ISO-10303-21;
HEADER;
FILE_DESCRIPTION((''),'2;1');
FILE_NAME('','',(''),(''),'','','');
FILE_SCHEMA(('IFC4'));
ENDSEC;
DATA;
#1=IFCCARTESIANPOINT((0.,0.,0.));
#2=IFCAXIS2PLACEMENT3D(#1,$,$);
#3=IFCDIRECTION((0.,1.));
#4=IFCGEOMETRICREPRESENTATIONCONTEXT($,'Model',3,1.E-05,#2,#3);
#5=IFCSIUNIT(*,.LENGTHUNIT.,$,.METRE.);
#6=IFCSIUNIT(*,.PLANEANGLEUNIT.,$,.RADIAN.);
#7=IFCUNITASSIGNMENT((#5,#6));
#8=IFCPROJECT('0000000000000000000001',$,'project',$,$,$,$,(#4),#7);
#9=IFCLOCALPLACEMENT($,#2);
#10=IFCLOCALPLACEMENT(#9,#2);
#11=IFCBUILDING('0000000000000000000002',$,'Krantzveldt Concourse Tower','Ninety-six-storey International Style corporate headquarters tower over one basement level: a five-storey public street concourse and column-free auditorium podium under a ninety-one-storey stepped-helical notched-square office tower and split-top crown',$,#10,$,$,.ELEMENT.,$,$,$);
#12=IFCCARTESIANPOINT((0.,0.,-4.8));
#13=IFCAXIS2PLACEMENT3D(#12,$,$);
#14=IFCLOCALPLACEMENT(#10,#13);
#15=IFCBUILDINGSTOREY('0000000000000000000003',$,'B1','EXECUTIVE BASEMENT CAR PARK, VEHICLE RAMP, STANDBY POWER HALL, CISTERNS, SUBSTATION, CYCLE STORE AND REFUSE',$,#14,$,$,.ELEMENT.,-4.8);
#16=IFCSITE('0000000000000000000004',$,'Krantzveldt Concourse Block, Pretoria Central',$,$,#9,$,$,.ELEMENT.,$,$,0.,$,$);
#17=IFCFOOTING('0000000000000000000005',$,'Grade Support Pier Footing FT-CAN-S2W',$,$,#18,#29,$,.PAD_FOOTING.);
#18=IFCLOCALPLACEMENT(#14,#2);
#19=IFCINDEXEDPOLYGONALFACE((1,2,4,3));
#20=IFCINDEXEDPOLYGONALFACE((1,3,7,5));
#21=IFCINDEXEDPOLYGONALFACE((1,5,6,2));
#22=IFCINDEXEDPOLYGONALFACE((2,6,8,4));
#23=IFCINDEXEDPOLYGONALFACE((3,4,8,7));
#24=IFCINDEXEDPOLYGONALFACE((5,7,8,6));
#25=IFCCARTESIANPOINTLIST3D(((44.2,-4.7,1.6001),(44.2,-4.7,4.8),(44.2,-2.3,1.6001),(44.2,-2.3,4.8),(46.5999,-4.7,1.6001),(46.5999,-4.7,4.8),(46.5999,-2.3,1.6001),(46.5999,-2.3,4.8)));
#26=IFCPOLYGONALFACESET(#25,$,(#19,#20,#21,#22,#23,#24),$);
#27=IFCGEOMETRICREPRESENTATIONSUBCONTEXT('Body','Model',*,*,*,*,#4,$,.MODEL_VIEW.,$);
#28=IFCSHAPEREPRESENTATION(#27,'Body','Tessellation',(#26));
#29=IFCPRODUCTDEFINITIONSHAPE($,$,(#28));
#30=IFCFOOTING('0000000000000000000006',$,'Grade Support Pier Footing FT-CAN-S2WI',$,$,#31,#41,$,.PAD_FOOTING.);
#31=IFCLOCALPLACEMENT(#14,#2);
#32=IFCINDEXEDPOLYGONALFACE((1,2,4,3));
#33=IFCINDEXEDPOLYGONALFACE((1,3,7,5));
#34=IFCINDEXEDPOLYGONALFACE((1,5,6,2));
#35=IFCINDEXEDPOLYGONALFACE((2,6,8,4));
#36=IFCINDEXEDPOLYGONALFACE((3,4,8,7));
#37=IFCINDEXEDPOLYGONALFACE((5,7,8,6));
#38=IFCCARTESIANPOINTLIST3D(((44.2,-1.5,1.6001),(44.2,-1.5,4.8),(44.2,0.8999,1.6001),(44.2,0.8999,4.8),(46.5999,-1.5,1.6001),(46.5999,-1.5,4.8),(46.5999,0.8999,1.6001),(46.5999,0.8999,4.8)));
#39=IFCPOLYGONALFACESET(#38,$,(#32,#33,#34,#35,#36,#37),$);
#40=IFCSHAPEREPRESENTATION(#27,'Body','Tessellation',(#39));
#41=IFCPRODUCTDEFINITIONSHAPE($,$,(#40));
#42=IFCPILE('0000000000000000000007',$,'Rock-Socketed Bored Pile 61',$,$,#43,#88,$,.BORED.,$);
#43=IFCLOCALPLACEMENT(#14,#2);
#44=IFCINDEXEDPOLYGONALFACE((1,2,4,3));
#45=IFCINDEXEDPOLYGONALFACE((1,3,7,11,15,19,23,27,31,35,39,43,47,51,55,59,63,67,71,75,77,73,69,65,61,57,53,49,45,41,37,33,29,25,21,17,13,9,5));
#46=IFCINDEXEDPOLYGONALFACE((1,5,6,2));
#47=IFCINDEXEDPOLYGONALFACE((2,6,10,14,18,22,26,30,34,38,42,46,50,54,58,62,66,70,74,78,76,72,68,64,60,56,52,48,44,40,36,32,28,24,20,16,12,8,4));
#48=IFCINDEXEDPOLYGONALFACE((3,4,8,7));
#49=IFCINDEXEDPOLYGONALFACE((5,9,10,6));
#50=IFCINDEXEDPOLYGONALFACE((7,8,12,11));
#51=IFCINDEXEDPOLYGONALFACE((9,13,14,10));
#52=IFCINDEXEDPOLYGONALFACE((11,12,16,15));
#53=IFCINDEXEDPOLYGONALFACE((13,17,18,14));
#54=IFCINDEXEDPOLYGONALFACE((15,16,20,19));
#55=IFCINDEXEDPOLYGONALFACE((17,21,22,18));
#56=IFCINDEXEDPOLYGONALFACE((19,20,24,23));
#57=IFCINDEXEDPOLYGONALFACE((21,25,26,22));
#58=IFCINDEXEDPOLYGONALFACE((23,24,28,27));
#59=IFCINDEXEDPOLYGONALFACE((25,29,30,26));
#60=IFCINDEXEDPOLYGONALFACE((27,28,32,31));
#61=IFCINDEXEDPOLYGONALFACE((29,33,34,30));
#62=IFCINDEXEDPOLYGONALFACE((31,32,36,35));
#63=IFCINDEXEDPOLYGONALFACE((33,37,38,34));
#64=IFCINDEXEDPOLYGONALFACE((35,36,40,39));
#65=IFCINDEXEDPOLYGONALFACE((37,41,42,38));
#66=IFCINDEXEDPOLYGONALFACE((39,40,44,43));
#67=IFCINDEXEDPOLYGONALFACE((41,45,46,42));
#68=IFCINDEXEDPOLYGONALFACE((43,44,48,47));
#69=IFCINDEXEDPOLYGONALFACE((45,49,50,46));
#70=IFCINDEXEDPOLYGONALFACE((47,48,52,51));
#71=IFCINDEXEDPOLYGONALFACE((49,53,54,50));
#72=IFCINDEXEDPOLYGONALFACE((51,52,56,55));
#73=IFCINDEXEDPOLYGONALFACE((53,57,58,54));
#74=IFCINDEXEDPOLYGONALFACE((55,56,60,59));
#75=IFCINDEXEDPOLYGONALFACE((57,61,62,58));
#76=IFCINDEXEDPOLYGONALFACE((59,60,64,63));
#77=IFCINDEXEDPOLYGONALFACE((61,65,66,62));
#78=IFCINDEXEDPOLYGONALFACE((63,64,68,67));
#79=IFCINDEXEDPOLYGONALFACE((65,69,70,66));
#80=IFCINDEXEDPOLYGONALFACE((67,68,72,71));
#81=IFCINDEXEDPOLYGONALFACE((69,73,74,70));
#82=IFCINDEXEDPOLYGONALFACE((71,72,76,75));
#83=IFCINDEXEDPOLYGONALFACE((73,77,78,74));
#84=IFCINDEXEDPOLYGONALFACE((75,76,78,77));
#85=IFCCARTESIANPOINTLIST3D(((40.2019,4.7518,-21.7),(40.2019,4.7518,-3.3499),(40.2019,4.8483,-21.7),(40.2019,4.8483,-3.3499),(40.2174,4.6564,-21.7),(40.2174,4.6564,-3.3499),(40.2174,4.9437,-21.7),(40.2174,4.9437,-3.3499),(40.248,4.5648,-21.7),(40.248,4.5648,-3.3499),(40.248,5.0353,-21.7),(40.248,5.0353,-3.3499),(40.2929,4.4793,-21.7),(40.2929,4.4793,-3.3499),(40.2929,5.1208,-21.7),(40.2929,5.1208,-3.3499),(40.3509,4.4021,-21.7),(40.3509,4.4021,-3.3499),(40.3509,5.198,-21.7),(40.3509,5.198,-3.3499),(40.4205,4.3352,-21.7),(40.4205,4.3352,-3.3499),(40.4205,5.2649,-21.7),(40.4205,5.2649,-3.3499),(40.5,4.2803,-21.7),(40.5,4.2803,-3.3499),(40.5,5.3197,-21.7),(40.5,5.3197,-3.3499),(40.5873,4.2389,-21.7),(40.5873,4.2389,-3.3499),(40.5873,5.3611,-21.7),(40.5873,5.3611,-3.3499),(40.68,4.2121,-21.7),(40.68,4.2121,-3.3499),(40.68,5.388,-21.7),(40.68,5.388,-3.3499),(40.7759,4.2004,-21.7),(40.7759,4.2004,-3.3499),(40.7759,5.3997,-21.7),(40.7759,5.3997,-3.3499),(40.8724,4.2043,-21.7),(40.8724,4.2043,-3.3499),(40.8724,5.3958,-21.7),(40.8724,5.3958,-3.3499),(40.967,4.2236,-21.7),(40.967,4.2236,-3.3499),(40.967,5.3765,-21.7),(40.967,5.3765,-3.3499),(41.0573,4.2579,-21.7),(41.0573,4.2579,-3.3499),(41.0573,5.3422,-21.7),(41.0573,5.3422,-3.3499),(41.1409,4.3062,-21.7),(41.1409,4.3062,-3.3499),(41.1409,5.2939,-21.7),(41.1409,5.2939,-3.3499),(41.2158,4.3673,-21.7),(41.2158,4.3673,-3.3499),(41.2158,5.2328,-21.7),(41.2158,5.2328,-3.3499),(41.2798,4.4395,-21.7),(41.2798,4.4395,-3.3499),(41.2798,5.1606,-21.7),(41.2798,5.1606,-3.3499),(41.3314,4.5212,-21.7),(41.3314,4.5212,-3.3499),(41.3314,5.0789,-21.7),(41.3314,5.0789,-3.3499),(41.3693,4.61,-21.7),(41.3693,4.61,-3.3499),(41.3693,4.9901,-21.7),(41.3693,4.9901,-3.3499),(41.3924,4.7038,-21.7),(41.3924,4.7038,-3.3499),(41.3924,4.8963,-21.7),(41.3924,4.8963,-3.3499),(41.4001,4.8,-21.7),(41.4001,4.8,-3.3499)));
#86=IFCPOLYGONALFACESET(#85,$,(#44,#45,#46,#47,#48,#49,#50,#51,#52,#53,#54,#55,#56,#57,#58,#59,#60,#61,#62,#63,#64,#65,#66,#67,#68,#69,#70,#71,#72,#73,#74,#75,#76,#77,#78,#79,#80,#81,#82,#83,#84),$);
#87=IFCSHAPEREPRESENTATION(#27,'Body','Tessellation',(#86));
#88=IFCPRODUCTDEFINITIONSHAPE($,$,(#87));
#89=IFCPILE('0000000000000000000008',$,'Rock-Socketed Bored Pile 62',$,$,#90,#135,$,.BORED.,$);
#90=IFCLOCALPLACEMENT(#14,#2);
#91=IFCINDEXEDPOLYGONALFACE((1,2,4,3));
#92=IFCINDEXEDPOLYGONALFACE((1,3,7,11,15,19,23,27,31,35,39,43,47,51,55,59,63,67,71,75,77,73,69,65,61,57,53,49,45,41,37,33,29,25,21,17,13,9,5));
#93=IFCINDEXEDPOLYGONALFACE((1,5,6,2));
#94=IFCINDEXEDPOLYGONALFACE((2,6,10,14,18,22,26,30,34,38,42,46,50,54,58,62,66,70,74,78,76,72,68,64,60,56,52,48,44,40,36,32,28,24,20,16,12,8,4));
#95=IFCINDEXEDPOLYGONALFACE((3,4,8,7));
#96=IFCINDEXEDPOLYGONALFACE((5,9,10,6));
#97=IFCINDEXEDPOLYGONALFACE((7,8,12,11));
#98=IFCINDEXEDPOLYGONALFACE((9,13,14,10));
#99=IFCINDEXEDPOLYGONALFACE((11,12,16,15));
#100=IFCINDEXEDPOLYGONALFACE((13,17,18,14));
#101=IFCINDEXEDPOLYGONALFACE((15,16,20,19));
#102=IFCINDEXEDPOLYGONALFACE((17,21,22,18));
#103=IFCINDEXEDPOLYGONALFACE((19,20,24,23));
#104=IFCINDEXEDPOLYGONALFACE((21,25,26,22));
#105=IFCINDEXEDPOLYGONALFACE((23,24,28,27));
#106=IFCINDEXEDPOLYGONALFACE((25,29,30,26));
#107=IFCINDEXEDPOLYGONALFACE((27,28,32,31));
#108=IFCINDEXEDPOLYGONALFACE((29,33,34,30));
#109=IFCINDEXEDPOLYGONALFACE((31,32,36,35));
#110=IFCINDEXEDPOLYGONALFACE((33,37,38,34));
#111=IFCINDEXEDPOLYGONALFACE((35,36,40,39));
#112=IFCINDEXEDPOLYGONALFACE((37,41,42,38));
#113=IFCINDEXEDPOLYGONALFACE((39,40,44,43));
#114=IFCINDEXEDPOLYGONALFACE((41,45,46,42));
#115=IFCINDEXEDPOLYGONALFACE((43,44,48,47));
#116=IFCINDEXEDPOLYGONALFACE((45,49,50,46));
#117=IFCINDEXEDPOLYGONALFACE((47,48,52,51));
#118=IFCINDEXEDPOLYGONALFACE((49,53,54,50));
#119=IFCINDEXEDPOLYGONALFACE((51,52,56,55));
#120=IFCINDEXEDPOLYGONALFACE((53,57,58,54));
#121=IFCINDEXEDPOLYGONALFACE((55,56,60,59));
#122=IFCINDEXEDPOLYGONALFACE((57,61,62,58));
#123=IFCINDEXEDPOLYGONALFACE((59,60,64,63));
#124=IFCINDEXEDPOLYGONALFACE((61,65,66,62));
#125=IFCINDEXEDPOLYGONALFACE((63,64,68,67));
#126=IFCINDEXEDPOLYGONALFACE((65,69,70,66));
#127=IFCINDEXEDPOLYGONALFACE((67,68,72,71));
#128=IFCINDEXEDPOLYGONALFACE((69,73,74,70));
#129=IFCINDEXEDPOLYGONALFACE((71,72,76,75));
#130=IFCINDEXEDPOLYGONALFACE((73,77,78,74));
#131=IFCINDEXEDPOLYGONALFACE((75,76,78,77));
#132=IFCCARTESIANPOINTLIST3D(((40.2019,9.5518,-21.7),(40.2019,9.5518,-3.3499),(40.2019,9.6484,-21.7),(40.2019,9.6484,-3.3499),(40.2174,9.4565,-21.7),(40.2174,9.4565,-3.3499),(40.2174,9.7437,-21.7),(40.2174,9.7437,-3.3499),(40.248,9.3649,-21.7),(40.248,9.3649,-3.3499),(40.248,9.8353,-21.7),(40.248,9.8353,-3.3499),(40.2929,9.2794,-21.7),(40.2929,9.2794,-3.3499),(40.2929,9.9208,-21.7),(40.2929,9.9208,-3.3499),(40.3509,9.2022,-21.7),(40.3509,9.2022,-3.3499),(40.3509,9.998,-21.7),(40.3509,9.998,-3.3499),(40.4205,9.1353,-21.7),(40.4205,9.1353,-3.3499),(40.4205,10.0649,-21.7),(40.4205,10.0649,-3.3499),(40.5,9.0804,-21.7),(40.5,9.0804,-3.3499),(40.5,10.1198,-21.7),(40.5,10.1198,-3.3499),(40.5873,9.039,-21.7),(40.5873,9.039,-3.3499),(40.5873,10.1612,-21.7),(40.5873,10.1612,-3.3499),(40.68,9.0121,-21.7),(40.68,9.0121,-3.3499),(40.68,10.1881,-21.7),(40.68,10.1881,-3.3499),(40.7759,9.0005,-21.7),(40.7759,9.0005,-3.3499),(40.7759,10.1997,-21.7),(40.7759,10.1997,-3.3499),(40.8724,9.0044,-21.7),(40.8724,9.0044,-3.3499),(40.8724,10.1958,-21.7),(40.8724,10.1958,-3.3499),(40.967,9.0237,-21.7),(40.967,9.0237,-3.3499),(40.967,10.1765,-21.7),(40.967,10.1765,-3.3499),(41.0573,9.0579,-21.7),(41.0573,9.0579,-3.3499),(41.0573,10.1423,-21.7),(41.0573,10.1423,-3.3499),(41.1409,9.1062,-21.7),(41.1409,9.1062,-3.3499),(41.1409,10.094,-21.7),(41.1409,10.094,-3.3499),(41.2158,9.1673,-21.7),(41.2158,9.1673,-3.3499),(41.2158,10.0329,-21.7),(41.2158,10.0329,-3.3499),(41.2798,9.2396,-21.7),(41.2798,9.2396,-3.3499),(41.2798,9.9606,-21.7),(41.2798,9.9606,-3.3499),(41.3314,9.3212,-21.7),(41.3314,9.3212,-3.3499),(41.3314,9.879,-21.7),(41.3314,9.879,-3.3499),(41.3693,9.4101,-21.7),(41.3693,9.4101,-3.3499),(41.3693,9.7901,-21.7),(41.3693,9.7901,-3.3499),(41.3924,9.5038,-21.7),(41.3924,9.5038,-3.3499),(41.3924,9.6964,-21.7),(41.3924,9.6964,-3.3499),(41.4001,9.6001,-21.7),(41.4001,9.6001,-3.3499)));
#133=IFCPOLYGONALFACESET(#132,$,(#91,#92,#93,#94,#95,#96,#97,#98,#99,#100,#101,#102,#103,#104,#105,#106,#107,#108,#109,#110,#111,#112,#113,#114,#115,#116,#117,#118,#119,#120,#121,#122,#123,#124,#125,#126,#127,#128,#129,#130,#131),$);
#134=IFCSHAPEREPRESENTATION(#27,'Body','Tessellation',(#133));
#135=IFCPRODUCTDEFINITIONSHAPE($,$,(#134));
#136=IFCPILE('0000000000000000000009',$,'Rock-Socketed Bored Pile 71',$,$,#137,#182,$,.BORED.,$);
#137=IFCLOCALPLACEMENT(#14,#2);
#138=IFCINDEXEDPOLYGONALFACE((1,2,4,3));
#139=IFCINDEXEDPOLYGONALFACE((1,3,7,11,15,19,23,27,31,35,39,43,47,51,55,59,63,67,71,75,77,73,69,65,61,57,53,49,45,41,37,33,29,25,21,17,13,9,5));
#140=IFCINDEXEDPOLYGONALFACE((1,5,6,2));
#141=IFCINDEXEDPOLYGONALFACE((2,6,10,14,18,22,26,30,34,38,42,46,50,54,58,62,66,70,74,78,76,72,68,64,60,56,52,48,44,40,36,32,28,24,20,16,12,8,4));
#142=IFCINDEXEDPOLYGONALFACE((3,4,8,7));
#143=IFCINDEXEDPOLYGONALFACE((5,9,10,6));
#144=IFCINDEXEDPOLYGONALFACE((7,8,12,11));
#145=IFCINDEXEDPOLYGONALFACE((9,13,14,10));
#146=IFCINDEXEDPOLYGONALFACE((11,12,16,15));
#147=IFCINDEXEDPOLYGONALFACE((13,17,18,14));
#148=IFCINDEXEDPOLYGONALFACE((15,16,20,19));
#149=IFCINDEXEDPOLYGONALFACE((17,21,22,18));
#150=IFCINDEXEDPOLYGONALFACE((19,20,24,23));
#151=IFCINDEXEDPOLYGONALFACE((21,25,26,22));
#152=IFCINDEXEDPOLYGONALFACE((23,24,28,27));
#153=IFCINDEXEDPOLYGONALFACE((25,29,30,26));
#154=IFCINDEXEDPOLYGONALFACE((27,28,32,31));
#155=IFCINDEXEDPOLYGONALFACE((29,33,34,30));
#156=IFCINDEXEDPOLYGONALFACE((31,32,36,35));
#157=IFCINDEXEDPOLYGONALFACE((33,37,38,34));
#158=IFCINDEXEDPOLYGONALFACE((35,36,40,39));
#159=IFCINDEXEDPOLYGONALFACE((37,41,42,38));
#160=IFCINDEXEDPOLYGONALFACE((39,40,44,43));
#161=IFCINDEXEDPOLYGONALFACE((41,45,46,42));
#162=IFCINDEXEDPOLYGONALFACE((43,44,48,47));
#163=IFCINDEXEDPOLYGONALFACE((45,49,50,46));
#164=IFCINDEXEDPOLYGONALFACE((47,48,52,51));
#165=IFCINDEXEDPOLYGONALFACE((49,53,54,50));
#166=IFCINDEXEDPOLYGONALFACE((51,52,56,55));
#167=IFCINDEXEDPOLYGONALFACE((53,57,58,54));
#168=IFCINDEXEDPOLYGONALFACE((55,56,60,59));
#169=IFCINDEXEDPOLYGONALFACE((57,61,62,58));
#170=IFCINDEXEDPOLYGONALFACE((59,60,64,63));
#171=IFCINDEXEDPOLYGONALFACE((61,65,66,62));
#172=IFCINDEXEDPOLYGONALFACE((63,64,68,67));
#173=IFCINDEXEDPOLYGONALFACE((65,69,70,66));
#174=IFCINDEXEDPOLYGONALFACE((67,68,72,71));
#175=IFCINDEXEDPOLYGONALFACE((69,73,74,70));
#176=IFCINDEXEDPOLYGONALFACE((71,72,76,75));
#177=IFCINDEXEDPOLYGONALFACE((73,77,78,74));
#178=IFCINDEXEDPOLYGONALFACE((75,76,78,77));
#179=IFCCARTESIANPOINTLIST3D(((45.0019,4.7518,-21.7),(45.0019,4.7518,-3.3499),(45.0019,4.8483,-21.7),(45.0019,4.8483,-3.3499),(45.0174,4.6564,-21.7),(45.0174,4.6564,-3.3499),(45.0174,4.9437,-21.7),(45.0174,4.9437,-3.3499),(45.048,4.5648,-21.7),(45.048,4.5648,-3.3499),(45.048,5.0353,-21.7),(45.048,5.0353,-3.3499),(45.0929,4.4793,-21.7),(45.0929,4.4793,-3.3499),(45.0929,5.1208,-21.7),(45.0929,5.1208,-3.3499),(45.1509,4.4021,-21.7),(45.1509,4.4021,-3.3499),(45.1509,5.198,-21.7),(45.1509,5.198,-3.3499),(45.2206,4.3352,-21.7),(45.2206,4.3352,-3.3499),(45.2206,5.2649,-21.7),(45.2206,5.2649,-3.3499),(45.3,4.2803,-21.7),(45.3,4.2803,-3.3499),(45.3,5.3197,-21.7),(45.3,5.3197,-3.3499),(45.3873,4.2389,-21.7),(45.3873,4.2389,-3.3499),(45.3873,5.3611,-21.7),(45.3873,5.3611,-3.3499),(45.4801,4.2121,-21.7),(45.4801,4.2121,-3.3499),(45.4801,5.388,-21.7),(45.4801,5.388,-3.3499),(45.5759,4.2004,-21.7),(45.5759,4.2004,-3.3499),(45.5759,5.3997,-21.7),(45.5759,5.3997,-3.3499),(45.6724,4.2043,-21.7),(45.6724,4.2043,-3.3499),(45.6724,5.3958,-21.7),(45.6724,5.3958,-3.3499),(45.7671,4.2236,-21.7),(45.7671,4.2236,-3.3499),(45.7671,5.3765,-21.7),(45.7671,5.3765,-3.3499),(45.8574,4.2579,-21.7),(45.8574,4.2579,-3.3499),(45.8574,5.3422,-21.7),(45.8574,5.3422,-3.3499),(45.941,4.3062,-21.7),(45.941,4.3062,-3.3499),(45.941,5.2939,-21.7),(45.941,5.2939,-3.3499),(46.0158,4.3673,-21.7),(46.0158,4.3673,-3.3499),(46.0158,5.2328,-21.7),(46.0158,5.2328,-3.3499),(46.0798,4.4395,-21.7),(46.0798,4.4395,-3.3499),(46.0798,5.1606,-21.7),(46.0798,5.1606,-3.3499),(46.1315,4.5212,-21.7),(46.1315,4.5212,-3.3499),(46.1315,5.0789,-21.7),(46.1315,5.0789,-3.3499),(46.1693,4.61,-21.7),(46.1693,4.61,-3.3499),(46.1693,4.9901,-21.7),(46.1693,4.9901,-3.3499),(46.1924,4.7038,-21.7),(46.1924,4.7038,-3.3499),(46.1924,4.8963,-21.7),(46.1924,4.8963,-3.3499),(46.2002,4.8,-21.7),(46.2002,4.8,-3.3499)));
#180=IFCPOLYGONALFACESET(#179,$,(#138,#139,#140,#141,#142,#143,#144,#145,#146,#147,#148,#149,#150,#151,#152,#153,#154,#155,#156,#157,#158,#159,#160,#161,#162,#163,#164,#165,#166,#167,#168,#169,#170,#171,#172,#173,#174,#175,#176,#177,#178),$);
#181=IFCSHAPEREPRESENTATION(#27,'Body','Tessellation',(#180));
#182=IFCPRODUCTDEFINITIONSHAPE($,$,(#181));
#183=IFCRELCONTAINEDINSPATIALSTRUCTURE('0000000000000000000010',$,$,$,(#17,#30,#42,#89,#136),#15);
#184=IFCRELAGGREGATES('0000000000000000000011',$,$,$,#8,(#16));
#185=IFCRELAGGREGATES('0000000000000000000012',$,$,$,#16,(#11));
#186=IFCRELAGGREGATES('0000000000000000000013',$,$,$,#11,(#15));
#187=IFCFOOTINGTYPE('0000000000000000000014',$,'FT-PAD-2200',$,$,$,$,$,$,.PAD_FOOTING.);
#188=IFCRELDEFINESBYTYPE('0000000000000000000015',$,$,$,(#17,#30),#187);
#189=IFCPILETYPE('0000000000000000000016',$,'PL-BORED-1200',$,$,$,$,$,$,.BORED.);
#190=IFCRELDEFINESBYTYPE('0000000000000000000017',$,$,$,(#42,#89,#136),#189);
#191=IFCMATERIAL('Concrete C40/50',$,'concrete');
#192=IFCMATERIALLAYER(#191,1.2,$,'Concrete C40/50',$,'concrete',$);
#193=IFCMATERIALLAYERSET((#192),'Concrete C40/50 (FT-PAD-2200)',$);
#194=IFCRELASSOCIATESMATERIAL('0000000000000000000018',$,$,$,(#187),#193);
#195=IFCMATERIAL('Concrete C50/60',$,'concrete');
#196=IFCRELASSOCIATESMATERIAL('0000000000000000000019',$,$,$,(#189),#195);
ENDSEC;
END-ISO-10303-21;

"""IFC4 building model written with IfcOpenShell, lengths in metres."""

from ifc_helpers import new_model, si_unit, direction, frame, origin, origin_2d, place, context, subcontext, project, spatial, rectangle, circle, extrude, source, transform, mapped, material, layer, layer_set, material_profile, profile_set, type_object, type_shapes, element, save


model = new_model("IFC4")

# Units and contexts
model_context = context("Model", 3, precision=1e-05, world=origin(), true_north=direction((0.0, 1.0)))
body_context = subcontext(model_context, "Body", "Model", "MODEL_VIEW")
ifc_project = project(units=[si_unit("LENGTHUNIT", "METRE"), si_unit("PLANEANGLEUNIT", "RADIAN")], contexts=[model_context])

# Site, building, storey
site_placement = place(None, origin())
site = spatial("IfcSite", under=ifc_project, at=site_placement, Name="Krantzveldt Concourse Block, Pretoria Central", CompositionType="ELEMENT", RefElevation=0.0)
building_placement = place(site_placement, origin())
building = spatial("IfcBuilding", under=site, at=building_placement, Name="Krantzveldt Concourse Tower", Description="Ninety-six-storey International Style corporate headquarters tower over one basement level: a five-storey public street concourse and column-free auditorium podium under a ninety-one-storey stepped-helical notched-square office tower and split-top crown", CompositionType="ELEMENT")
storey_placement = place(building_placement, frame((0.0, 0.0, -4.8)))
storey = spatial("IfcBuildingStorey", under=building, at=storey_placement, Name="B1", Description="EXECUTIVE BASEMENT CAR PARK, VEHICLE RAMP, STANDBY POWER HALL, CISTERNS, SUBSTATION, CYCLE STORE AND REFUSE", CompositionType="ELEMENT", Elevation=-4.8)

# Footings
ifc_material_1 = material(Name="Concrete C40/50", Category="concrete")
ifc_layer_1 = layer(ifc_material_1, 1.2, Name="Concrete C40/50", Category="concrete")
ifc_layer_set_1 = layer_set([ifc_layer_1], Name="Concrete C40/50 (FT-PAD-2200)")
footing_type = type_object("IfcFootingType", Name="FT-PAD-2200", PredefinedType="PAD_FOOTING", material=ifc_layer_set_1)
shared_shape_1 = source(origin(), body_context, "Body", "SweptSolid", [
    extrude(rectangle(XDim=2.3999, YDim=2.3999, at=origin_2d()), origin(), (0.0, 0.0, 1.0), 3.2),
])
type_shapes(footing_type, [shared_shape_1])
for number, where, z_axis, x_axis, name in (
    (1, (45.3999, -3.5, 1.6001), (0.0, 0.0, 1.0), (1.0, 0.0, 0.0), "Grade Support Pier Footing FT-CAN-S2W"),
    (2, (45.3999, -0.3, 1.6001), (0.0, 0.0, 1.0), (1.0, 0.0, 0.0), "Grade Support Pier Footing FT-CAN-S2WI"),
):
    element("IfcFooting", number, at=place(storey_placement, frame(where, z_axis=z_axis, x_axis=x_axis)), inside=storey, type_object=footing_type, Name=name, PredefinedType="PAD_FOOTING", context=body_context, shape_type="MappedRepresentation", body=[
        mapped(shared_shape_1, transform((0.0, 0.0, 0.0), x_axis=(1.0, 0.0, 0.0), y_axis=(0.0, 1.0, 0.0), z_axis=(0.0, 0.0, 1.0), scale=1.0)),
    ])

# Piles
ifc_material_2 = material(Name="Concrete C50/60", Category="concrete")
ifc_material_profile_1 = material_profile(ifc_material_2, circle(Radius=0.6001, at=origin_2d()), Name="Concrete C50/60", Category="concrete")
ifc_profile_set_1 = profile_set([ifc_material_profile_1], Name="Concrete C50/60 - PILE D1200")
pile_type_1 = type_object("IfcPileType", Name="PL-BORED-1200", PredefinedType="BORED", material=ifc_profile_set_1)
shared_shape_2 = source(origin(), body_context, "Body", "SweptSolid", [
    extrude(circle(Radius=0.6001, at=origin_2d()), origin(), (0.0, 0.0, 1.0), 18.3501),
])
type_shapes(pile_type_1, [shared_shape_2])
for number, where, z_axis, x_axis, name in (
    (3, (40.8, 4.8, -3.3499), (0.0, 0.0, -1.0), (1.0, 0.0, 0.0), "Rock-Socketed Bored Pile 61"),
    (4, (40.8, 9.6001, -3.3499), (0.0, 0.0, -1.0), (1.0, 0.0, 0.0), "Rock-Socketed Bored Pile 62"),
    (5, (45.6001, 4.8, -3.3499), (0.0, 0.0, -1.0), (1.0, 0.0, 0.0), "Rock-Socketed Bored Pile 71"),
):
    element("IfcPile", number, at=place(storey_placement, frame(where, z_axis=z_axis, x_axis=x_axis)), inside=storey, type_object=pile_type_1, Name=name, PredefinedType="BORED", context=body_context, shape_type="MappedRepresentation", body=[
        mapped(shared_shape_2, transform((0.0, 0.0, 0.0), x_axis=(1.0, 0.0, 0.0), y_axis=(0.0, 1.0, 0.0), z_axis=(0.0, 0.0, 1.0), scale=1.0)),
    ])

save(model, "model.ifc")
